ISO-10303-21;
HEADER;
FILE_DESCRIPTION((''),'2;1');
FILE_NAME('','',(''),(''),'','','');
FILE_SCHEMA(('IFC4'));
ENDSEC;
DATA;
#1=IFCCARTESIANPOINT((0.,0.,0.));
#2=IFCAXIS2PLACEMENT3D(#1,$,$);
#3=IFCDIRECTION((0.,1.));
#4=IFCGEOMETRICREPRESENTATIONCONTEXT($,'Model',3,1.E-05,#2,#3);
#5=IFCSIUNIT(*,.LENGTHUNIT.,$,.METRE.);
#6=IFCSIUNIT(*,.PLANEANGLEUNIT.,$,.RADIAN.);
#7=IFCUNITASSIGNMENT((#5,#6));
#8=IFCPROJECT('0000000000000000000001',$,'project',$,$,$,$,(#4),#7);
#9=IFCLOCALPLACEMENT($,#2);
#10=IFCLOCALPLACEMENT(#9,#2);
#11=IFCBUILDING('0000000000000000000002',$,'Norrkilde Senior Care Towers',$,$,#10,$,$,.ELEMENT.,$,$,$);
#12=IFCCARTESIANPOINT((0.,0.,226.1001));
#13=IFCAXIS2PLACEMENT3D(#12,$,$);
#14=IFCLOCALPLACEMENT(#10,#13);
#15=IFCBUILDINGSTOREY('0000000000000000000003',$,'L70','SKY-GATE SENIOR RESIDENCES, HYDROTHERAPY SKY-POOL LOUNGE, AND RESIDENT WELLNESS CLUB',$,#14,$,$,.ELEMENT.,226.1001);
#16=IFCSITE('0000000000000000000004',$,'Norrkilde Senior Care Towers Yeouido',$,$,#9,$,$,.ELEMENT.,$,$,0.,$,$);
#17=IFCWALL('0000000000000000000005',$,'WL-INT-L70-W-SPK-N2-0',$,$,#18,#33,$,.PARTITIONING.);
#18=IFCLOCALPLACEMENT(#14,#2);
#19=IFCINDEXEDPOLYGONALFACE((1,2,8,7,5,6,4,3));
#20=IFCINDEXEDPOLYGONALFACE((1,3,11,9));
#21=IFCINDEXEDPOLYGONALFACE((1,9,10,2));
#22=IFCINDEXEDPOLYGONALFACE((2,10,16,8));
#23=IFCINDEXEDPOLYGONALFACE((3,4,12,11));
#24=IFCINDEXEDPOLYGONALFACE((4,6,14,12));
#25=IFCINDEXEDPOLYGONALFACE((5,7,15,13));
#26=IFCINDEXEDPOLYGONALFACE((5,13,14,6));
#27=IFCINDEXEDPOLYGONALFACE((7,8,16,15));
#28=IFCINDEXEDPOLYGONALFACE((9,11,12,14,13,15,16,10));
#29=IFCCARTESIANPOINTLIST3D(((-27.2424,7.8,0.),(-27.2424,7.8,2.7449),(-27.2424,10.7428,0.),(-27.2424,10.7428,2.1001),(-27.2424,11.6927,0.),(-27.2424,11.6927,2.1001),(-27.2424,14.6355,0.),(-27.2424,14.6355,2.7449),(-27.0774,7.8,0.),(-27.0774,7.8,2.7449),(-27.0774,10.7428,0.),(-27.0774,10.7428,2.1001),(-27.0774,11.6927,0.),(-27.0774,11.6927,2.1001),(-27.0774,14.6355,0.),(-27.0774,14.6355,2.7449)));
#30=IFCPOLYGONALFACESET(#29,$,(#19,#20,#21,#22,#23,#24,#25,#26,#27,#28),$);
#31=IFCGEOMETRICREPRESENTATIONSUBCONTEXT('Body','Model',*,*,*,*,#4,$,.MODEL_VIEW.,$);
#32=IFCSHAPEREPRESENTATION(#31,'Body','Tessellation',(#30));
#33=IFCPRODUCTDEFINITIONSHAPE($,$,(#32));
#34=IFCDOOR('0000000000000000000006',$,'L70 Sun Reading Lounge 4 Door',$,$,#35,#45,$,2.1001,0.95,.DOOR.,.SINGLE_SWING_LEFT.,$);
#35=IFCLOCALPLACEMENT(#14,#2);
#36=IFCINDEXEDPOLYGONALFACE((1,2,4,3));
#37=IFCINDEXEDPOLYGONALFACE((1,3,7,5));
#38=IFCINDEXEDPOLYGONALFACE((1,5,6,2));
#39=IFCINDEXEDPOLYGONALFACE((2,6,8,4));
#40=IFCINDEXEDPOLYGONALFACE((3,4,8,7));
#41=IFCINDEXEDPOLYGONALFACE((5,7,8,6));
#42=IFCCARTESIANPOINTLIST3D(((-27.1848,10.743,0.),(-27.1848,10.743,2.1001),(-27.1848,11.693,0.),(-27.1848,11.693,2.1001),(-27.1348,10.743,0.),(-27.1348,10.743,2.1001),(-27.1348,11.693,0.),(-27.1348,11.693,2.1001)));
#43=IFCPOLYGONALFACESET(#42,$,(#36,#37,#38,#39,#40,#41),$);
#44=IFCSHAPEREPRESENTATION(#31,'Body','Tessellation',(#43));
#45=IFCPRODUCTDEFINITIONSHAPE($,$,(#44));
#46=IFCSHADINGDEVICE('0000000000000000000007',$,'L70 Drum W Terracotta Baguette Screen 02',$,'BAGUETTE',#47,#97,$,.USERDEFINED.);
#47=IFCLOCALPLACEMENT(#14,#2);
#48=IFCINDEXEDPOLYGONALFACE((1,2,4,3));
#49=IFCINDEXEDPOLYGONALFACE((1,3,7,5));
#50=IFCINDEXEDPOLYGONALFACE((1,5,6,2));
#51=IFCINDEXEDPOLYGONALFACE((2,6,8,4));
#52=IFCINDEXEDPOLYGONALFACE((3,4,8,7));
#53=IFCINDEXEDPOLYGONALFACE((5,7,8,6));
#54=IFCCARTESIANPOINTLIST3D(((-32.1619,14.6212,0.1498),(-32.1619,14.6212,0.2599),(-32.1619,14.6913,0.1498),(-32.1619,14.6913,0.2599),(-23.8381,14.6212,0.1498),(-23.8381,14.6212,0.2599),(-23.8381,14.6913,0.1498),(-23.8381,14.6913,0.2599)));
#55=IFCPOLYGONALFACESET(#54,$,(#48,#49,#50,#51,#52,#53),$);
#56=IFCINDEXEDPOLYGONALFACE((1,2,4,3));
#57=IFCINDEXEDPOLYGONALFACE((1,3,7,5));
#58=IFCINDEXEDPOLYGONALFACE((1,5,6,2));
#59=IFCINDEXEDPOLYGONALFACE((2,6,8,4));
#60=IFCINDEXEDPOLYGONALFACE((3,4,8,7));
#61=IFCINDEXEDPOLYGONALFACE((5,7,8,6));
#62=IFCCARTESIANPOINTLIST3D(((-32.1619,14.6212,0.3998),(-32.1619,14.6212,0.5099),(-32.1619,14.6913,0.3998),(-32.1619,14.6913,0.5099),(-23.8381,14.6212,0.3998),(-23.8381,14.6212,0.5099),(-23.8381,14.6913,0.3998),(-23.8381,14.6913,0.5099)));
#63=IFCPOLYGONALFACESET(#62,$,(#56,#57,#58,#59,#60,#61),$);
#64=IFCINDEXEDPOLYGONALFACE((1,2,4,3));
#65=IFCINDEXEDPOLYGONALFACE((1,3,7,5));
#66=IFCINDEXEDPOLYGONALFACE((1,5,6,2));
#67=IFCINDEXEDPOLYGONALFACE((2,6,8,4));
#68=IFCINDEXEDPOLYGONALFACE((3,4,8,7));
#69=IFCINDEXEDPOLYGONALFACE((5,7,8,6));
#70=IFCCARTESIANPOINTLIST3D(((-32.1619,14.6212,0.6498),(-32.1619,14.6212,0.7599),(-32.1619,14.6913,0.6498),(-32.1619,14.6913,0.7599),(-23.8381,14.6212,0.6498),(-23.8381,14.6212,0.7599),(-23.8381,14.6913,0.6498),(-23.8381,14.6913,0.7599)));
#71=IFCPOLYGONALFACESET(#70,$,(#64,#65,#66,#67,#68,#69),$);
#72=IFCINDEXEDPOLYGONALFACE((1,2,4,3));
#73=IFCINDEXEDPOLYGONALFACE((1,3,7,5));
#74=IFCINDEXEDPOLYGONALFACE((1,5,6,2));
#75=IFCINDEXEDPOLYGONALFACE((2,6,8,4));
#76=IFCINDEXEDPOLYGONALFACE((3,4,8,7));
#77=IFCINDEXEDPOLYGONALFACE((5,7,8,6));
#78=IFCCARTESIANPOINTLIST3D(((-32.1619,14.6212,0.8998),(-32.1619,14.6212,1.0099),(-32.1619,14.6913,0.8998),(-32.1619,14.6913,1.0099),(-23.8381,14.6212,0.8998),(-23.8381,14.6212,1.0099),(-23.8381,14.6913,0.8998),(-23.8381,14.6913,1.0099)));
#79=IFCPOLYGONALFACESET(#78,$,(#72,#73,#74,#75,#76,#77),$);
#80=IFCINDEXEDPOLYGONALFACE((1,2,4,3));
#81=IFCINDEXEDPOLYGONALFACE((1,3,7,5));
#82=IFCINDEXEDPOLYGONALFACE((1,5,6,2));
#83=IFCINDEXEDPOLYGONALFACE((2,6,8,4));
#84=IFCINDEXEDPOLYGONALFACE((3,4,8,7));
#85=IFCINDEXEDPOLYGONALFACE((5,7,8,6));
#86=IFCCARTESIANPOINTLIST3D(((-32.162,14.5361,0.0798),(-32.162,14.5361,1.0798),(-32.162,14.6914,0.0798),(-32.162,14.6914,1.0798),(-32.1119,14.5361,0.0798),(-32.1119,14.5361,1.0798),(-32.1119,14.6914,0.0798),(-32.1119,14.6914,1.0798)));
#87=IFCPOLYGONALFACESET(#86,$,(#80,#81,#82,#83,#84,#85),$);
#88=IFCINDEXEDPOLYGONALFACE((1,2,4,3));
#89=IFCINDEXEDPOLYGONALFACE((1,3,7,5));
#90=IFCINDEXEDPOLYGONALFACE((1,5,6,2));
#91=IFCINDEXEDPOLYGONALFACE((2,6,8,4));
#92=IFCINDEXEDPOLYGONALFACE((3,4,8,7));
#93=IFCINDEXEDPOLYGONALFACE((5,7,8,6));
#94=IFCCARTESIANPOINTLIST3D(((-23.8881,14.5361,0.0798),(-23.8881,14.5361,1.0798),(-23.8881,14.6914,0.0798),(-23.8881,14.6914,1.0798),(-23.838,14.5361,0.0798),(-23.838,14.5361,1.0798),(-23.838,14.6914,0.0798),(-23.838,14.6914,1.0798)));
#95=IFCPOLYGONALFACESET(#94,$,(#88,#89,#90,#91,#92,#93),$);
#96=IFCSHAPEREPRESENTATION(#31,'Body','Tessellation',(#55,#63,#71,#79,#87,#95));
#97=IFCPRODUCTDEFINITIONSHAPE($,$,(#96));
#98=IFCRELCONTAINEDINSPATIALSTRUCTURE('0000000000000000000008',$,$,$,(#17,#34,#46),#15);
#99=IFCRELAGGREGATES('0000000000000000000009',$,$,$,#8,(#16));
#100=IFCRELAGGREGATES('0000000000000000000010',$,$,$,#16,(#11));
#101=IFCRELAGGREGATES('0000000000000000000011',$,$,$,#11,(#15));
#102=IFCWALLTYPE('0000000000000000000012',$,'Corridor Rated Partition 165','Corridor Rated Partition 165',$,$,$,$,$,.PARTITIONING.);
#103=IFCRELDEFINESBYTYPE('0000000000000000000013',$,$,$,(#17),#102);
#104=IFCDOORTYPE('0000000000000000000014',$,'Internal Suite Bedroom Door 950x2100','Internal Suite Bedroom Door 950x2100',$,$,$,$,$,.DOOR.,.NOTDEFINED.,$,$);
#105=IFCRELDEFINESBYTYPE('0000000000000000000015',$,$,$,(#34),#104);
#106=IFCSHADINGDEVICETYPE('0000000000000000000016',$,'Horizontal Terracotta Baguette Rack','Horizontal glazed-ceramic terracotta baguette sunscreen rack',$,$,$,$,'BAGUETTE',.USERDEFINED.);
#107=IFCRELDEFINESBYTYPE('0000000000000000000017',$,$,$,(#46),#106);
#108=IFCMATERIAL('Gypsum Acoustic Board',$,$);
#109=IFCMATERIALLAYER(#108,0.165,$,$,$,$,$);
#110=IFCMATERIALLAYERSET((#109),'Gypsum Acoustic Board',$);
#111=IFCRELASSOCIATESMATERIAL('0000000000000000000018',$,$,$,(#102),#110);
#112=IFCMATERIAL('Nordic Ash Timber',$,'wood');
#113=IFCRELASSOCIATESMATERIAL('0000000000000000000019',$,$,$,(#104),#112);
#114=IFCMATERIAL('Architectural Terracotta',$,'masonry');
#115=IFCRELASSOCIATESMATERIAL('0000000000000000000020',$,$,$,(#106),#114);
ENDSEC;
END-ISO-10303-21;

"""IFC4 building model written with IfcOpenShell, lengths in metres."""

from ifc_helpers import new_model, si_unit, direction, frame, frame_2d, origin, origin_2d, place, context, subcontext, project, spatial, rectangle, extrude, source, transform, mapped, material, layer, layer_set, type_object, type_shapes, element, fill, save


model = new_model("IFC4")

# Units and contexts
model_context = context("Model", 3, precision=1e-05, world=origin(), true_north=direction((0.0, 1.0)))
body_context = subcontext(model_context, "Body", "Model", "MODEL_VIEW")
ifc_project = project(units=[si_unit("LENGTHUNIT", "METRE"), si_unit("PLANEANGLEUNIT", "RADIAN")], contexts=[model_context])

# Site, building, storey
site_placement = place(None, origin())
site = spatial("IfcSite", under=ifc_project, at=site_placement, Name="Norrkilde Senior Care Towers Yeouido", CompositionType="ELEMENT", RefElevation=0.0)
building_placement = place(site_placement, origin())
building = spatial("IfcBuilding", under=site, at=building_placement, Name="Norrkilde Senior Care Towers", CompositionType="ELEMENT")
storey_placement = place(building_placement, frame((0.0, 0.0, 226.1001)))
storey = spatial("IfcBuildingStorey", under=building, at=storey_placement, Name="L70", Description="SKY-GATE SENIOR RESIDENCES, HYDROTHERAPY SKY-POOL LOUNGE, AND RESIDENT WELLNESS CLUB", CompositionType="ELEMENT", Elevation=226.1001)

# Shared definitions
ifc_material_1 = material(Name="Gypsum Acoustic Board")
ifc_layer_1 = layer(ifc_material_1, 0.165)
ifc_layer_set_1 = layer_set([ifc_layer_1], Name="Gypsum Acoustic Board")
wall_type = type_object("IfcWallType", Name="Corridor Rated Partition 165", Description="Corridor Rated Partition 165", PredefinedType="PARTITIONING", material=ifc_layer_set_1)

# Wall, opening, door
ifc_material_2 = material(Name="Nordic Ash Timber", Category="wood")
shared_shape_1 = source(origin(), body_context, "Body", "SweptSolid", [
    extrude(rectangle(XDim=6.8354, YDim=0.165, at=frame_2d((3.4177, 0.0))), origin(), (0.0, 0.0, 1.0), 2.7449),
])
door_type_1 = type_object("IfcDoorType", Name="Internal Suite Bedroom Door 950x2100", Description="Internal Suite Bedroom Door 950x2100", OperationType="NOTDEFINED", PredefinedType="DOOR", material=ifc_material_2)
shared_shape_2 = source(origin(), body_context, "Body", "SweptSolid", [
    extrude(rectangle(XDim=0.95, YDim=2.1001, at=frame_2d((0.4751, 1.05))), frame((0.0, 0.0249, 0.0), z_axis=(0.0, -1.0, 0.0), x_axis=(1.0, 0.0, 0.0)), (0.0, 0.0, 1.0), 0.05),
])
type_shapes(door_type_1, [shared_shape_2])
wall_1_placement = place(storey_placement, frame((-27.1599, 14.6355, 0.0), z_axis=(0.0, 0.0, 1.0), x_axis=(0.0, -1.0, 0.0)))
wall_1 = element("IfcWall", 1, at=wall_1_placement, inside=storey, type_object=wall_type, Name="WL-INT-L70-W-SPK-N2-0", PredefinedType="PARTITIONING", context=body_context, shape_type="MappedRepresentation", body=[
    mapped(shared_shape_1, transform((0.0, 0.0, 0.0), x_axis=(1.0, 0.0, 0.0), y_axis=(0.0, 1.0, 0.0), z_axis=(0.0, 0.0, 1.0), scale=1.0)),
])
opening_1_placement = place(wall_1_placement, frame((2.9426, 0.0, 0.0)))
opening_1 = element("IfcOpeningElement", 2, at=opening_1_placement, cuts=wall_1, PredefinedType="OPENING", context=body_context, shape_type="SweptSolid", body=[
    extrude(rectangle(XDim=0.95, YDim=2.1001, at=frame_2d((0.4751, 1.05))), frame((0.0, 0.0925, 0.0), z_axis=(0.0, -1.0, 0.0), x_axis=(1.0, 0.0, 0.0)), (0.0, 0.0, 1.0), 0.1851),
])
door_1_placement = place(opening_1_placement, frame((0.95, 0.0, 0.0), z_axis=(0.0, 0.0, 1.0), x_axis=(-1.0, 0.0, 0.0)))
door_1 = element("IfcDoor", 3, at=door_1_placement, inside=storey, type_object=door_type_1, Name="L70 Sun Reading Lounge 4 Door", OperationType="SINGLE_SWING_LEFT", OverallHeight=2.1001, OverallWidth=0.95, PredefinedType="DOOR", context=body_context, shape_type="MappedRepresentation", body=[
    mapped(shared_shape_2, transform((0.0, 0.0, 0.0), x_axis=(1.0, 0.0, 0.0), y_axis=(0.0, 1.0, 0.0), z_axis=(0.0, 0.0, 1.0), scale=1.0)),
])
fill(opening_1, door_1)

# Shading device
ifc_material_3 = material(Name="Architectural Terracotta", Category="masonry")
shading_device_type = type_object("IfcShadingDeviceType", Name="Horizontal Terracotta Baguette Rack", Description="Horizontal glazed-ceramic terracotta baguette sunscreen rack", ElementType="BAGUETTE", PredefinedType="USERDEFINED", material=ifc_material_3)
shared_shape_3 = source(origin(), body_context, "Body", "SweptSolid", [
    extrude(rectangle(XDim=0.0701, YDim=0.1101, at=origin_2d()), frame((0.0, 0.0901, 0.125), z_axis=(1.0, 0.0, 0.0), x_axis=(0.0, 1.0, 0.0)), (0.0, 0.0, 1.0), 8.3237),
    extrude(rectangle(XDim=0.0701, YDim=0.1101, at=origin_2d()), frame((0.0, 0.0901, 0.375), z_axis=(1.0, 0.0, 0.0), x_axis=(0.0, 1.0, 0.0)), (0.0, 0.0, 1.0), 8.3237),
    extrude(rectangle(XDim=0.0701, YDim=0.1101, at=origin_2d()), frame((0.0, 0.0901, 0.625), z_axis=(1.0, 0.0, 0.0), x_axis=(0.0, 1.0, 0.0)), (0.0, 0.0, 1.0), 8.3237),
    extrude(rectangle(XDim=0.0701, YDim=0.1101, at=origin_2d()), frame((0.0, 0.0901, 0.875), z_axis=(1.0, 0.0, 0.0), x_axis=(0.0, 1.0, 0.0)), (0.0, 0.0, 1.0), 8.3237),
    extrude(rectangle(XDim=0.05, YDim=0.1553, at=origin_2d()), frame((0.0249, 0.0476, 0.0)), (0.0, 0.0, 1.0), 1.0),
    extrude(rectangle(XDim=0.05, YDim=0.1553, at=origin_2d()), frame((8.2988, 0.0476, 0.0)), (0.0, 0.0, 1.0), 1.0),
])
type_shapes(shading_device_type, [shared_shape_3])
shading_device_placement = place(storey_placement, frame((-32.1619, 14.5662, 0.0798), z_axis=(0.0, 0.0, 1.0), x_axis=(1.0, 0.0, 0.0)))
element("IfcShadingDevice", 4, at=shading_device_placement, inside=storey, type_object=shading_device_type, Name="L70 Drum W Terracotta Baguette Screen 02", ObjectType="BAGUETTE", PredefinedType="USERDEFINED", context=body_context, shape_type="MappedRepresentation", body=[
    mapped(shared_shape_3, transform((0.0, 0.0, 0.0), x_axis=(1.0, 0.0, 0.0), y_axis=(0.0, 1.0, 0.0), z_axis=(0.0, 0.0, 1.0), scale=1.0)),
])

save(model, "model.ifc")
